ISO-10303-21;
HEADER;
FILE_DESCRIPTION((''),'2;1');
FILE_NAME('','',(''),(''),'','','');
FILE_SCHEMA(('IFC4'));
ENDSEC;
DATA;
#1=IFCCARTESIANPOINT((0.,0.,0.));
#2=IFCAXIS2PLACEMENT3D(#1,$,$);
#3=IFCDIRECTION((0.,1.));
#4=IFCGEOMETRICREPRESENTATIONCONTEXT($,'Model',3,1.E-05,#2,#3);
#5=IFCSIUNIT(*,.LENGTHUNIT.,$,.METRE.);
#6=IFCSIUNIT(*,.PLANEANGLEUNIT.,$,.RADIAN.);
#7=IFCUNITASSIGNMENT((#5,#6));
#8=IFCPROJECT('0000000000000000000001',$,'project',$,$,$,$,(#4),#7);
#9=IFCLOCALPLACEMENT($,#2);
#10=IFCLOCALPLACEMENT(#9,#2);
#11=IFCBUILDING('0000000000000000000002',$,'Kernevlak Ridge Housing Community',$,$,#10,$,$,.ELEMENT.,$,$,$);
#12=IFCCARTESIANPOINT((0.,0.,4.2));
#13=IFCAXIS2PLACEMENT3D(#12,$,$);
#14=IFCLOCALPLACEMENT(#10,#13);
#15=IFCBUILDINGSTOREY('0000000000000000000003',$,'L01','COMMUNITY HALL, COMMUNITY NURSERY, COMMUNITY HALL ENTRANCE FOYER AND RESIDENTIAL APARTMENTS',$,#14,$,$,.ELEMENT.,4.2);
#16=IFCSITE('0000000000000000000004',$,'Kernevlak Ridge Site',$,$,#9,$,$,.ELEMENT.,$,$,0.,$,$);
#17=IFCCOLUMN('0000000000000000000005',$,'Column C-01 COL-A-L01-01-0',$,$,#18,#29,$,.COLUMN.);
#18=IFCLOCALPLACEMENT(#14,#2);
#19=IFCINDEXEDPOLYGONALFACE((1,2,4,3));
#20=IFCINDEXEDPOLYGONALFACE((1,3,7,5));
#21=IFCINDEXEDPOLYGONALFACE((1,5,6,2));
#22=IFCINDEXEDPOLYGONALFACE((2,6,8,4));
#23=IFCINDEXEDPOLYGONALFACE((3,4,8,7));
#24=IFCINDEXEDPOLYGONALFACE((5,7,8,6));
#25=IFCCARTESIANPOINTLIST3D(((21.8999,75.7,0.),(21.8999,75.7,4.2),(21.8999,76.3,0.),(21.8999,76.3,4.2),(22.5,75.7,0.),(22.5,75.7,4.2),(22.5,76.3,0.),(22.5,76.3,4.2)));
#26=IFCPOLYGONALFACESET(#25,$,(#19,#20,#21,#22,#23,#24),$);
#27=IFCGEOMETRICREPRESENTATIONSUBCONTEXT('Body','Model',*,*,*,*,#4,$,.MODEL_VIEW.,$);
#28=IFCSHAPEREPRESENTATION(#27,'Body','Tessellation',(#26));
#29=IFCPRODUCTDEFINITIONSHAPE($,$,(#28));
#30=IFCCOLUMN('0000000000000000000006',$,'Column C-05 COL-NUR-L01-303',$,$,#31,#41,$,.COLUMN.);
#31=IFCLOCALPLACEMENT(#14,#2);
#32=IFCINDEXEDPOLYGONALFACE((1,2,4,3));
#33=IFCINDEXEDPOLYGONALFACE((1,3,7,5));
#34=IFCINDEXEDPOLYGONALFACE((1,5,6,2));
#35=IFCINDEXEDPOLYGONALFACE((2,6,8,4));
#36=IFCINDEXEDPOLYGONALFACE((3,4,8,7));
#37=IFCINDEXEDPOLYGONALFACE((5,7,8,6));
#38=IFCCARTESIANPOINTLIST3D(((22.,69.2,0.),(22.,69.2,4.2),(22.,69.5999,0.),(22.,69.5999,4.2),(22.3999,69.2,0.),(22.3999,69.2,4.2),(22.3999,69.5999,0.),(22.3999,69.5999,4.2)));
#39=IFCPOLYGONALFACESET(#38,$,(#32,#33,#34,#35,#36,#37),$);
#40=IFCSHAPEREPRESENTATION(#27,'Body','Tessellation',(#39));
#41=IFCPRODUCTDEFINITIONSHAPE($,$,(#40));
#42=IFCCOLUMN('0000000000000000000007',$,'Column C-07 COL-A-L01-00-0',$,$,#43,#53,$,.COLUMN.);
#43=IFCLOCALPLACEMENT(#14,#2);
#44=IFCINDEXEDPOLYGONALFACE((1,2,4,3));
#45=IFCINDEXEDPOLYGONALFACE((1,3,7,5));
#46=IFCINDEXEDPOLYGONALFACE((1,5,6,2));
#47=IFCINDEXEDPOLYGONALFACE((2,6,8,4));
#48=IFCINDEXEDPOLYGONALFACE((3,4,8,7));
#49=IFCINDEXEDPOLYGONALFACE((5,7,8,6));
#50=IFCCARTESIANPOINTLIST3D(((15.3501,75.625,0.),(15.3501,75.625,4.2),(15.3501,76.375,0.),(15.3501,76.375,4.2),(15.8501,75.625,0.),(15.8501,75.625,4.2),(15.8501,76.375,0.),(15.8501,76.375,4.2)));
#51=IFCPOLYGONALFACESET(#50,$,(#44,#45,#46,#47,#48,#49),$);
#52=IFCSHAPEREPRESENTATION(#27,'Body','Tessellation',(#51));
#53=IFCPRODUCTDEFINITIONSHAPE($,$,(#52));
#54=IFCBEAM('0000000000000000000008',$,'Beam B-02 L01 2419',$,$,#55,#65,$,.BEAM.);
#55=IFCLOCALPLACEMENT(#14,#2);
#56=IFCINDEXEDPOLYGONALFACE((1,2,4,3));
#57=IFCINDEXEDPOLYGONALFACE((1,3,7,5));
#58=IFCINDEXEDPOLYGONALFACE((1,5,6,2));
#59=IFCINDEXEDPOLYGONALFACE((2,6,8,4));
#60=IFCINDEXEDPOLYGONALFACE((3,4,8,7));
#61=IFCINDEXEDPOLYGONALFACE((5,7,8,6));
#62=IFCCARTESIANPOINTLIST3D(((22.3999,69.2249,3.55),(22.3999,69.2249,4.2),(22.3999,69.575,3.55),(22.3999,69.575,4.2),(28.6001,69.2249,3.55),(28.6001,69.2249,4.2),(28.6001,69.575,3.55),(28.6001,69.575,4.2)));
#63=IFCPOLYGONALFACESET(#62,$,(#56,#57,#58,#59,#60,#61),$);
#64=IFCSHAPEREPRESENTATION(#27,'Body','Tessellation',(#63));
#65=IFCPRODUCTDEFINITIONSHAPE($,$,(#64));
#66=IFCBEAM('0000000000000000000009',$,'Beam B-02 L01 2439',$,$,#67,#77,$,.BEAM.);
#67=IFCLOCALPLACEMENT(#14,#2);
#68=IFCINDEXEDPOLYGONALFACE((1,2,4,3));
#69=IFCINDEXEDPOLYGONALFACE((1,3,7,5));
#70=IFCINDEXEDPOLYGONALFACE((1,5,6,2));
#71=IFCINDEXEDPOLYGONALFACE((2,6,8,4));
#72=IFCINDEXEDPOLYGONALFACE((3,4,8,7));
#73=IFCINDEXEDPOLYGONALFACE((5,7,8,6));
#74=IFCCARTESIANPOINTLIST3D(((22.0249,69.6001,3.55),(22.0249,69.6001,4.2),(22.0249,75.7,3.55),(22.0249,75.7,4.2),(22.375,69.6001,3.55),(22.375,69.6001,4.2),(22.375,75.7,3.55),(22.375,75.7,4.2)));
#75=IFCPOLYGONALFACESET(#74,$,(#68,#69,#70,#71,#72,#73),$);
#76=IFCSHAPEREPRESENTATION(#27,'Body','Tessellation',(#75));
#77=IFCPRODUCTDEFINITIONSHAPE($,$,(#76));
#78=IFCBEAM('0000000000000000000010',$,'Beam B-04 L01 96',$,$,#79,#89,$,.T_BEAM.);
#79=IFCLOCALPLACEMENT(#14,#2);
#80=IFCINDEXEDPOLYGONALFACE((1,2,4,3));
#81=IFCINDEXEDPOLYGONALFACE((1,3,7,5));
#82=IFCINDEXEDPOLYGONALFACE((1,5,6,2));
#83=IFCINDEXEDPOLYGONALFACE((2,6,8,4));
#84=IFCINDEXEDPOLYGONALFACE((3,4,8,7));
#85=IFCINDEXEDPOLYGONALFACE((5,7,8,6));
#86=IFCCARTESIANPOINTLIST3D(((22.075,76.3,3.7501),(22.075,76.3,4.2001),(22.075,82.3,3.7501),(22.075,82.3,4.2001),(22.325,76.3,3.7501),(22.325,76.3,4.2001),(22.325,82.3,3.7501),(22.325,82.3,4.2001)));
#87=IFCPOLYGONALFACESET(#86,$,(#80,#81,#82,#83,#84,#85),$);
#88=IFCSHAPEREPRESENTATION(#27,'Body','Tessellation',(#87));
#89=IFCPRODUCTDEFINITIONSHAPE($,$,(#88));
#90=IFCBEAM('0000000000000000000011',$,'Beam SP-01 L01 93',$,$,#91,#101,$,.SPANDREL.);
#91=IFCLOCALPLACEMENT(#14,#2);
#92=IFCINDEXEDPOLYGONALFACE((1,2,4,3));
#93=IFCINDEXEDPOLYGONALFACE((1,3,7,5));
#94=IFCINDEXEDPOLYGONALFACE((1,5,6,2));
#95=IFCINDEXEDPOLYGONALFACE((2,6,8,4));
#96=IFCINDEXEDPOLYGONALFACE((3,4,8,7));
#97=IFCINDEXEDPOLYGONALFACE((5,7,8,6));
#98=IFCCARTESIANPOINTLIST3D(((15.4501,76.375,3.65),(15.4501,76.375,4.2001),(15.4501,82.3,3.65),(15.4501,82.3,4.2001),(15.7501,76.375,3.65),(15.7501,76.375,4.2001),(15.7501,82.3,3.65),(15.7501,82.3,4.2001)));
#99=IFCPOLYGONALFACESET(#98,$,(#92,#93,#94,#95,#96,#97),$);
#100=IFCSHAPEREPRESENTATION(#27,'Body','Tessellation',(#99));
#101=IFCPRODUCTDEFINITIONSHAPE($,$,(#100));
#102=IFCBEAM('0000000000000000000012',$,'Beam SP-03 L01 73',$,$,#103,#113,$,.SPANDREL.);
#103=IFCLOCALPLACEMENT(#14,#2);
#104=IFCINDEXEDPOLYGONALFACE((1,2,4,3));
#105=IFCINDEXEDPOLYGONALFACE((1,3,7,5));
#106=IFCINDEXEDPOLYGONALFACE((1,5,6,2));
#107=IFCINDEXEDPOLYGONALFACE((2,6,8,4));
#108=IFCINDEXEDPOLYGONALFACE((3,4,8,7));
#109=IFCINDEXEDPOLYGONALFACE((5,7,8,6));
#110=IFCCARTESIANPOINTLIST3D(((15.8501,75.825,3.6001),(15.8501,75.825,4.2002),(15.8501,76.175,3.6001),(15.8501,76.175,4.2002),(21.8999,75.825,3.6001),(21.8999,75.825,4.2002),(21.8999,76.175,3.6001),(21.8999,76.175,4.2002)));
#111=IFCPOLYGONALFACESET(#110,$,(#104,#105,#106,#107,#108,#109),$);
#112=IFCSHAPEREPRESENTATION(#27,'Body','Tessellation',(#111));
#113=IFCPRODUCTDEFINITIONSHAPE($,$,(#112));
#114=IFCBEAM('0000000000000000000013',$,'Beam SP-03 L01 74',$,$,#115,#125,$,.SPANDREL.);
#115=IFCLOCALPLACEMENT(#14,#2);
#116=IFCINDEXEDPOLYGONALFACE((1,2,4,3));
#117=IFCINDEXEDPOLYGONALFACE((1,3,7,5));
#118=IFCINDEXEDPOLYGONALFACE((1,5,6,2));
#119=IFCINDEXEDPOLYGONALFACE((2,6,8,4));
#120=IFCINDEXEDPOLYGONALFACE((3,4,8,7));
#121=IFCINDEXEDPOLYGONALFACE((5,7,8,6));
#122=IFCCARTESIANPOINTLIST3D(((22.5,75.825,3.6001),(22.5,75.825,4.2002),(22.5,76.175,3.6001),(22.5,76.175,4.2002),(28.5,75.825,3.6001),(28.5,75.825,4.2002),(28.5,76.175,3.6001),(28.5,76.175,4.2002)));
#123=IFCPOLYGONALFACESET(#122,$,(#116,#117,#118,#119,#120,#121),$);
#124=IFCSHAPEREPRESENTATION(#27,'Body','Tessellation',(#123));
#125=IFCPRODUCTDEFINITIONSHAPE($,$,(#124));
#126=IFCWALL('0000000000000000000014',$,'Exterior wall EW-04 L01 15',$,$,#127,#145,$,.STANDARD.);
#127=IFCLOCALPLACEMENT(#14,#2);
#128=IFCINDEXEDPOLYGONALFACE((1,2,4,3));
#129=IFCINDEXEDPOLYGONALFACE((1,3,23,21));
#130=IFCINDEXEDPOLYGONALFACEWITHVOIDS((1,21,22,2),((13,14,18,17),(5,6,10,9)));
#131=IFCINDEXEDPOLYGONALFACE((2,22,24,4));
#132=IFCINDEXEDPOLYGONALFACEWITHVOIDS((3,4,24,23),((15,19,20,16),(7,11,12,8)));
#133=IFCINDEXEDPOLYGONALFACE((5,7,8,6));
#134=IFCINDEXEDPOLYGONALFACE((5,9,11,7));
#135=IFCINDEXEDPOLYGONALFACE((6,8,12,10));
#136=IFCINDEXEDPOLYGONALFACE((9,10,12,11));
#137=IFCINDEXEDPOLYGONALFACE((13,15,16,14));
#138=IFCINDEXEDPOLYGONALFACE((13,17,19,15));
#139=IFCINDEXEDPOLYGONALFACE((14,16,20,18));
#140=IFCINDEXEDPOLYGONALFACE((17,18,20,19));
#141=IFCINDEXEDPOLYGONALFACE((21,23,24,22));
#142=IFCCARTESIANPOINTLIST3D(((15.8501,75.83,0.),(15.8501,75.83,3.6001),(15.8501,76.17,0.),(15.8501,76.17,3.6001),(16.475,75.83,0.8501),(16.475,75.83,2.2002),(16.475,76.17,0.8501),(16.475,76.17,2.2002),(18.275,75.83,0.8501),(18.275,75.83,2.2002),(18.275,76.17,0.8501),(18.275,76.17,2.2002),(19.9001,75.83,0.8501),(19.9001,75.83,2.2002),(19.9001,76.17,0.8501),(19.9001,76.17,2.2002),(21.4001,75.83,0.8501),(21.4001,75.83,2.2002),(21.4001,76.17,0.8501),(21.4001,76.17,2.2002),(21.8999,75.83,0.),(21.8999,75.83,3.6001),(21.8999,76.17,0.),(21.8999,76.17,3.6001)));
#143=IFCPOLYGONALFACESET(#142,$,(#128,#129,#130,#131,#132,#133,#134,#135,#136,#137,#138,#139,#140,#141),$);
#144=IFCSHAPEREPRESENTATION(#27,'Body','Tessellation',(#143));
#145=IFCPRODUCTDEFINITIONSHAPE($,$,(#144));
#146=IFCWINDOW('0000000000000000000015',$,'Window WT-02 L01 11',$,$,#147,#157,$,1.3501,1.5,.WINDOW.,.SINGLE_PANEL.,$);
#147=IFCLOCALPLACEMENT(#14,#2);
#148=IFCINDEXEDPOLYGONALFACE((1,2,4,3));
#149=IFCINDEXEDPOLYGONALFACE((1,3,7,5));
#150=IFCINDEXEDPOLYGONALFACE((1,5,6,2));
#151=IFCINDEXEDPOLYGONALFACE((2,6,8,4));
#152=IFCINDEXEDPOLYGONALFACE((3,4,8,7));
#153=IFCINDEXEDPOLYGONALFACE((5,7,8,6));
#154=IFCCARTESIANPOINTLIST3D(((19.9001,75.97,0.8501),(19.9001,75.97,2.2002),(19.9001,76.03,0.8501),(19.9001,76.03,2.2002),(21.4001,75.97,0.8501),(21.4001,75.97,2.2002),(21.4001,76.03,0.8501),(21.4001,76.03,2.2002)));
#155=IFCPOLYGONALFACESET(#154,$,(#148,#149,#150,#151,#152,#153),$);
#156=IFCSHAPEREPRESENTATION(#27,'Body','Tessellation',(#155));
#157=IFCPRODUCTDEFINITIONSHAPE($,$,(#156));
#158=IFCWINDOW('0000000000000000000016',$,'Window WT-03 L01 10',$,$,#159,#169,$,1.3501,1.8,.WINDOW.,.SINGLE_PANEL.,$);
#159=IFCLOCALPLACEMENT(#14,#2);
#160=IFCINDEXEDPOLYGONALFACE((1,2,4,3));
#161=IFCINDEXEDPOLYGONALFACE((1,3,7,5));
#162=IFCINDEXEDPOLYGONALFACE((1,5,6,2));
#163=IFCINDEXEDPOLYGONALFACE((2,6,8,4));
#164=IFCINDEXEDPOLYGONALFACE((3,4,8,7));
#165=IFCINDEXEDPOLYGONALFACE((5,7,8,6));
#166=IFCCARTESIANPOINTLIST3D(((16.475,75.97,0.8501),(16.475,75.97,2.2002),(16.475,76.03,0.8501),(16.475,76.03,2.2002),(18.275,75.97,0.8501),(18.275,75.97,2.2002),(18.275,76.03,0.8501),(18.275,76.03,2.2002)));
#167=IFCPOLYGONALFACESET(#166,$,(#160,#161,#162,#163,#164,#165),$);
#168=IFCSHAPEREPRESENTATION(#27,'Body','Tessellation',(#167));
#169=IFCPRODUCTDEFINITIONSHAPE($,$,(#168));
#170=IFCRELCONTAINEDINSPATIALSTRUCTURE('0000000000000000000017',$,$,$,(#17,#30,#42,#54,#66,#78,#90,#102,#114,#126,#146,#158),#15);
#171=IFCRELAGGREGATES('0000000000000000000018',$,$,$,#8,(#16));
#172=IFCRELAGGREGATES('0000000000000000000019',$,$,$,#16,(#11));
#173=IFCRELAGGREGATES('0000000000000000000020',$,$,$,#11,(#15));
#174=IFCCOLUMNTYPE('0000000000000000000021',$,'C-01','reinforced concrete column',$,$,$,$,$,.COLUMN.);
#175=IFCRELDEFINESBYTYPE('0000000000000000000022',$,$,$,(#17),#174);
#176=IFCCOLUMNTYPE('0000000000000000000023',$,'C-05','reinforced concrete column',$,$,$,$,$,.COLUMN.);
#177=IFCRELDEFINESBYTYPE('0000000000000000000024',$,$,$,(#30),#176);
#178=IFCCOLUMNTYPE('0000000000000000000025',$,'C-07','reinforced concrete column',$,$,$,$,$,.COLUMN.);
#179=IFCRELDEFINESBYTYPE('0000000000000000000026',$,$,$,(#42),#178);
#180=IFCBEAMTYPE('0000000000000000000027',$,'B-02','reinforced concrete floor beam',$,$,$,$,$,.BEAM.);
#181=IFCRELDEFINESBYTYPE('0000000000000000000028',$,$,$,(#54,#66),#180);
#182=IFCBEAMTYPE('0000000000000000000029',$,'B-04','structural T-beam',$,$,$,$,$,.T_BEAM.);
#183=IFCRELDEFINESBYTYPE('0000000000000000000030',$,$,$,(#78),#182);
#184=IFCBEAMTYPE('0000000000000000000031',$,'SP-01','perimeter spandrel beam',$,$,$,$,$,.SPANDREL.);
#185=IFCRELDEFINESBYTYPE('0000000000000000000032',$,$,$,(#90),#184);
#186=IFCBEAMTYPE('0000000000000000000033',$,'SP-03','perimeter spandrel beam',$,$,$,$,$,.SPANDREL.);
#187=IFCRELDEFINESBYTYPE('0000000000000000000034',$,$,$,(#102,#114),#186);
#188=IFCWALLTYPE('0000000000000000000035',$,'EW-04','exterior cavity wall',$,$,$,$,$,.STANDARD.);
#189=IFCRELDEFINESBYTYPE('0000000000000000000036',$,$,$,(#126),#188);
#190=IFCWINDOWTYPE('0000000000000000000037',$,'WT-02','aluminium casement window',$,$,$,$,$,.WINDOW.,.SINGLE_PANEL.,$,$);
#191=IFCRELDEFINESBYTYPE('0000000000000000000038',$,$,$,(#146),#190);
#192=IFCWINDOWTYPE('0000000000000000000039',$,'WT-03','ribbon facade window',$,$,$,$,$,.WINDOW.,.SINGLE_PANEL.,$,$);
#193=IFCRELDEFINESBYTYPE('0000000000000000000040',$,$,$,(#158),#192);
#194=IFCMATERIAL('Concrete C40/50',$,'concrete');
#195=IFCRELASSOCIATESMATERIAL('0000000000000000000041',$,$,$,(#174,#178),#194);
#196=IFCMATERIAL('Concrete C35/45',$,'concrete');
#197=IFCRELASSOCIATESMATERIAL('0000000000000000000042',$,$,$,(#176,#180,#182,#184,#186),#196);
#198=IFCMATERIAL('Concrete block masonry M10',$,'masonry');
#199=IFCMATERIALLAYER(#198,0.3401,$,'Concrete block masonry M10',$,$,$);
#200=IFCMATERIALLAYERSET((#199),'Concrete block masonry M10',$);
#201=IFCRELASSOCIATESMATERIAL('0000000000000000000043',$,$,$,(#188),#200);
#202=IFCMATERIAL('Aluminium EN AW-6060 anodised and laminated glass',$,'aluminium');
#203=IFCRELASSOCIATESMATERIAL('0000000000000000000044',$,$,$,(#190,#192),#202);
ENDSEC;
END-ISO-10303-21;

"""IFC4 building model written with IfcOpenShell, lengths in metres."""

from ifc_helpers import new_model, si_unit, direction, frame, frame_2d, origin, origin_2d, place, context, subcontext, project, spatial, rectangle, extrude, material, layer, layer_set, material_profile, profile_set, type_object, element, fill, save


model = new_model("IFC4")

# Units and contexts
model_context = context("Model", 3, precision=1e-05, world=origin(), true_north=direction((0.0, 1.0)))
body_context = subcontext(model_context, "Body", "Model", "MODEL_VIEW")
ifc_project = project(units=[si_unit("LENGTHUNIT", "METRE"), si_unit("PLANEANGLEUNIT", "RADIAN")], contexts=[model_context])

# Site, building, storey
site_placement = place(None, origin())
site = spatial("IfcSite", under=ifc_project, at=site_placement, Name="Kernevlak Ridge Site", CompositionType="ELEMENT", RefElevation=0.0)
building_placement = place(site_placement, origin())
building = spatial("IfcBuilding", under=site, at=building_placement, Name="Kernevlak Ridge Housing Community", CompositionType="ELEMENT")
storey_placement = place(building_placement, frame((0.0, 0.0, 4.2)))
storey = spatial("IfcBuildingStorey", under=building, at=storey_placement, Name="L01", Description="COMMUNITY HALL, COMMUNITY NURSERY, COMMUNITY HALL ENTRANCE FOYER AND RESIDENTIAL APARTMENTS", CompositionType="ELEMENT", Elevation=4.2)

# Columns
ifc_material_1 = material(Name="Concrete C40/50", Category="concrete")
ifc_material_profile_1 = material_profile(ifc_material_1, rectangle(XDim=0.6001, YDim=0.6001, at=origin_2d()), Name="RC 600x600")
ifc_profile_set_1 = profile_set([ifc_material_profile_1], Name="Concrete C40/50")
column_type_1 = type_object("IfcColumnType", Name="C-01", Description="reinforced concrete column", PredefinedType="COLUMN", material=ifc_profile_set_1)
column_1_placement = place(storey_placement, frame((22.2, 76.0, 0.0), z_axis=(0.0, 0.0, 1.0), x_axis=(1.0, 0.0, 0.0)))
element("IfcColumn", 1, at=column_1_placement, inside=storey, type_object=column_type_1, Name="Column C-01 COL-A-L01-01-0", PredefinedType="COLUMN", context=body_context, shape_type="SweptSolid", body=[
    extrude(rectangle(XDim=0.6001, YDim=0.6001, at=origin_2d()), origin(), (0.0, 0.0, 1.0), 4.2),
])
ifc_material_2 = material(Name="Concrete C35/45", Category="concrete")
ifc_material_profile_2 = material_profile(ifc_material_2, rectangle(XDim=0.3999, YDim=0.3999, at=origin_2d()), Name="RC 400x400")
ifc_profile_set_2 = profile_set([ifc_material_profile_2], Name="Concrete C35/45")
column_type_2 = type_object("IfcColumnType", Name="C-05", Description="reinforced concrete column", PredefinedType="COLUMN", material=ifc_profile_set_2)
column_2_placement = place(storey_placement, frame((22.2, 69.3999, 0.0), z_axis=(0.0, 0.0, 1.0), x_axis=(1.0, 0.0, 0.0)))
element("IfcColumn", 2, at=column_2_placement, inside=storey, type_object=column_type_2, Name="Column C-05 COL-NUR-L01-303", PredefinedType="COLUMN", context=body_context, shape_type="SweptSolid", body=[
    extrude(rectangle(XDim=0.3999, YDim=0.3999, at=origin_2d()), origin(), (0.0, 0.0, 1.0), 4.2),
])
ifc_material_profile_3 = material_profile(ifc_material_1, rectangle(XDim=0.5, YDim=0.75, at=origin_2d()), Name="RC 500x750")
ifc_profile_set_3 = profile_set([ifc_material_profile_3], Name="Concrete C40/50")
column_type_3 = type_object("IfcColumnType", Name="C-07", Description="reinforced concrete column", PredefinedType="COLUMN", material=ifc_profile_set_3)
column_3_placement = place(storey_placement, frame((15.6001, 76.0, 0.0), z_axis=(0.0, 0.0, 1.0), x_axis=(1.0, 0.0, 0.0)))
element("IfcColumn", 3, at=column_3_placement, inside=storey, type_object=column_type_3, Name="Column C-07 COL-A-L01-00-0", PredefinedType="COLUMN", context=body_context, shape_type="SweptSolid", body=[
    extrude(rectangle(XDim=0.5, YDim=0.75, at=origin_2d()), origin(), (0.0, 0.0, 1.0), 4.2),
])

# Beams
ifc_material_profile_4 = material_profile(ifc_material_2, rectangle(XDim=0.3501, YDim=0.6499, at=origin_2d()), Name="RC 350x650")
ifc_profile_set_4 = profile_set([ifc_material_profile_4], Name="Concrete C35/45")
beam_type_1 = type_object("IfcBeamType", Name="B-02", Description="reinforced concrete floor beam", PredefinedType="BEAM", material=ifc_profile_set_4)
beam_1_placement = place(storey_placement, frame((22.3999, 69.3999, 3.875), z_axis=(1.0, 0.0, 0.0), x_axis=(0.0, 1.0, 0.0)))
element("IfcBeam", 4, at=beam_1_placement, inside=storey, type_object=beam_type_1, Name="Beam B-02 L01 2419", PredefinedType="BEAM", context=body_context, shape_type="SweptSolid", body=[
    extrude(rectangle(XDim=0.3501, YDim=0.6499, at=origin_2d()), origin(), (0.0, 0.0, 1.0), 6.2002),
])
beam_2_placement = place(storey_placement, frame((22.2, 69.6001, 3.875), z_axis=(0.0, 1.0, 0.0), x_axis=(-1.0, 0.0, 0.0)))
element("IfcBeam", 5, at=beam_2_placement, inside=storey, type_object=beam_type_1, Name="Beam B-02 L01 2439", PredefinedType="BEAM", context=body_context, shape_type="SweptSolid", body=[
    extrude(rectangle(XDim=0.3501, YDim=0.6499, at=origin_2d()), origin(), (0.0, 0.0, 1.0), 6.0999),
])
ifc_material_profile_5 = material_profile(ifc_material_2, rectangle(XDim=0.25, YDim=0.45, at=origin_2d()), Name="RC 250x450")
ifc_profile_set_5 = profile_set([ifc_material_profile_5], Name="Concrete C35/45")
beam_type_2 = type_object("IfcBeamType", Name="B-04", Description="structural T-beam", PredefinedType="T_BEAM", material=ifc_profile_set_5)
beam_3_placement = place(storey_placement, frame((22.2, 76.3, 3.9751), z_axis=(0.0, 1.0, 0.0), x_axis=(-1.0, 0.0, 0.0)))
element("IfcBeam", 6, at=beam_3_placement, inside=storey, type_object=beam_type_2, Name="Beam B-04 L01 96", PredefinedType="T_BEAM", context=body_context, shape_type="SweptSolid", body=[
    extrude(rectangle(XDim=0.25, YDim=0.45, at=origin_2d()), origin(), (0.0, 0.0, 1.0), 6.0),
])
ifc_material_profile_6 = material_profile(ifc_material_2, rectangle(XDim=0.3, YDim=0.55, at=origin_2d()), Name="RC 300x550")
ifc_profile_set_6 = profile_set([ifc_material_profile_6], Name="Concrete C35/45")
beam_type_3 = type_object("IfcBeamType", Name="SP-01", Description="perimeter spandrel beam", PredefinedType="SPANDREL", material=ifc_profile_set_6)
beam_4_placement = place(storey_placement, frame((15.6001, 76.375, 3.925), z_axis=(0.0, 1.0, 0.0), x_axis=(-1.0, 0.0, 0.0)))
element("IfcBeam", 7, at=beam_4_placement, inside=storey, type_object=beam_type_3, Name="Beam SP-01 L01 93", PredefinedType="SPANDREL", context=body_context, shape_type="SweptSolid", body=[
    extrude(rectangle(XDim=0.3, YDim=0.55, at=origin_2d()), origin(), (0.0, 0.0, 1.0), 5.925),
])
ifc_material_profile_7 = material_profile(ifc_material_2, rectangle(XDim=0.3501, YDim=0.6001, at=origin_2d()), Name="RC 350x600")
ifc_profile_set_7 = profile_set([ifc_material_profile_7], Name="Concrete C35/45")
beam_type_4 = type_object("IfcBeamType", Name="SP-03", Description="perimeter spandrel beam", PredefinedType="SPANDREL", material=ifc_profile_set_7)
beam_5_placement = place(storey_placement, frame((15.8501, 76.0, 3.9001), z_axis=(1.0, 0.0, 0.0), x_axis=(0.0, 1.0, 0.0)))
element("IfcBeam", 8, at=beam_5_placement, inside=storey, type_object=beam_type_4, Name="Beam SP-03 L01 73", PredefinedType="SPANDREL", context=body_context, shape_type="SweptSolid", body=[
    extrude(rectangle(XDim=0.3501, YDim=0.6001, at=origin_2d()), origin(), (0.0, 0.0, 1.0), 6.0498),
])
beam_6_placement = place(storey_placement, frame((22.5, 76.0, 3.9001), z_axis=(1.0, 0.0, 0.0), x_axis=(0.0, 1.0, 0.0)))
element("IfcBeam", 9, at=beam_6_placement, inside=storey, type_object=beam_type_4, Name="Beam SP-03 L01 74", PredefinedType="SPANDREL", context=body_context, shape_type="SweptSolid", body=[
    extrude(rectangle(XDim=0.3501, YDim=0.6001, at=origin_2d()), origin(), (0.0, 0.0, 1.0), 6.0),
])

# Wall, openings, windows
ifc_material_3 = material(Name="Concrete block masonry M10", Category="masonry")
ifc_layer_1 = layer(ifc_material_3, 0.3401, Name="Concrete block masonry M10")
ifc_layer_set_1 = layer_set([ifc_layer_1], Name="Concrete block masonry M10")
wall_type_1 = type_object("IfcWallType", Name="EW-04", Description="exterior cavity wall", PredefinedType="STANDARD", material=ifc_layer_set_1)
wall_1_placement = place(storey_placement, frame((15.8501, 76.0, 0.0), z_axis=(0.0, 0.0, 1.0), x_axis=(1.0, 0.0, 0.0)))
wall_1 = element("IfcWall", 10, at=wall_1_placement, inside=storey, type_object=wall_type_1, Name="Exterior wall EW-04 L01 15", PredefinedType="STANDARD", context=body_context, shape_type="SweptSolid", body=[
    extrude(rectangle(XDim=6.0498, YDim=0.3401, at=frame_2d((3.0249, 0.0))), origin(), (0.0, 0.0, 1.0), 3.6001),
])
opening_1_placement = place(wall_1_placement, frame((0.625, 0.0, 0.8501)))
opening_1 = element("IfcOpeningElement", 11, at=opening_1_placement, cuts=wall_1, PredefinedType="OPENING", context=body_context, shape_type="SweptSolid", body=[
    extrude(rectangle(XDim=1.8, YDim=1.3501, at=frame_2d((0.8999, 0.675))), frame((0.0, 0.1799, 0.0), z_axis=(0.0, -1.0, 0.0), x_axis=(1.0, 0.0, 0.0)), (0.0, 0.0, 1.0), 0.3601),
])
opening_2_placement = place(wall_1_placement, frame((4.05, 0.0, 0.8501)))
opening_2 = element("IfcOpeningElement", 12, at=opening_2_placement, cuts=wall_1, PredefinedType="OPENING", context=body_context, shape_type="SweptSolid", body=[
    extrude(rectangle(XDim=1.5, YDim=1.3501, at=frame_2d((0.75, 0.675))), frame((0.0, 0.1799, 0.0), z_axis=(0.0, -1.0, 0.0), x_axis=(1.0, 0.0, 0.0)), (0.0, 0.0, 1.0), 0.3601),
])
ifc_material_4 = material(Name="Aluminium EN AW-6060 anodised and laminated glass", Category="aluminium")
window_type_1 = type_object("IfcWindowType", Name="WT-02", Description="aluminium casement window", PartitioningType="SINGLE_PANEL", PredefinedType="WINDOW", material=ifc_material_4)
window_1_placement = place(opening_2_placement, origin())
window_1 = element("IfcWindow", 13, at=window_1_placement, inside=storey, type_object=window_type_1, Name="Window WT-02 L01 11", OverallHeight=1.3501, OverallWidth=1.5, PartitioningType="SINGLE_PANEL", PredefinedType="WINDOW", context=body_context, shape_type="SweptSolid", body=[
    extrude(rectangle(XDim=1.5, YDim=1.3501, at=frame_2d((0.75, 0.675))), frame((0.0, 0.03, 0.0), z_axis=(0.0, -1.0, 0.0), x_axis=(1.0, 0.0, 0.0)), (0.0, 0.0, 1.0), 0.0601),
])
fill(opening_2, window_1)
window_type_2 = type_object("IfcWindowType", Name="WT-03", Description="ribbon facade window", PartitioningType="SINGLE_PANEL", PredefinedType="WINDOW", material=ifc_material_4)
window_2_placement = place(opening_1_placement, origin())
window_2 = element("IfcWindow", 14, at=window_2_placement, inside=storey, type_object=window_type_2, Name="Window WT-03 L01 10", OverallHeight=1.3501, OverallWidth=1.8, PartitioningType="SINGLE_PANEL", PredefinedType="WINDOW", context=body_context, shape_type="SweptSolid", body=[
    extrude(rectangle(XDim=1.8, YDim=1.3501, at=frame_2d((0.8999, 0.675))), frame((0.0, 0.03, 0.0), z_axis=(0.0, -1.0, 0.0), x_axis=(1.0, 0.0, 0.0)), (0.0, 0.0, 1.0), 0.0601),
])
fill(opening_1, window_2)

save(model, "model.ifc")
